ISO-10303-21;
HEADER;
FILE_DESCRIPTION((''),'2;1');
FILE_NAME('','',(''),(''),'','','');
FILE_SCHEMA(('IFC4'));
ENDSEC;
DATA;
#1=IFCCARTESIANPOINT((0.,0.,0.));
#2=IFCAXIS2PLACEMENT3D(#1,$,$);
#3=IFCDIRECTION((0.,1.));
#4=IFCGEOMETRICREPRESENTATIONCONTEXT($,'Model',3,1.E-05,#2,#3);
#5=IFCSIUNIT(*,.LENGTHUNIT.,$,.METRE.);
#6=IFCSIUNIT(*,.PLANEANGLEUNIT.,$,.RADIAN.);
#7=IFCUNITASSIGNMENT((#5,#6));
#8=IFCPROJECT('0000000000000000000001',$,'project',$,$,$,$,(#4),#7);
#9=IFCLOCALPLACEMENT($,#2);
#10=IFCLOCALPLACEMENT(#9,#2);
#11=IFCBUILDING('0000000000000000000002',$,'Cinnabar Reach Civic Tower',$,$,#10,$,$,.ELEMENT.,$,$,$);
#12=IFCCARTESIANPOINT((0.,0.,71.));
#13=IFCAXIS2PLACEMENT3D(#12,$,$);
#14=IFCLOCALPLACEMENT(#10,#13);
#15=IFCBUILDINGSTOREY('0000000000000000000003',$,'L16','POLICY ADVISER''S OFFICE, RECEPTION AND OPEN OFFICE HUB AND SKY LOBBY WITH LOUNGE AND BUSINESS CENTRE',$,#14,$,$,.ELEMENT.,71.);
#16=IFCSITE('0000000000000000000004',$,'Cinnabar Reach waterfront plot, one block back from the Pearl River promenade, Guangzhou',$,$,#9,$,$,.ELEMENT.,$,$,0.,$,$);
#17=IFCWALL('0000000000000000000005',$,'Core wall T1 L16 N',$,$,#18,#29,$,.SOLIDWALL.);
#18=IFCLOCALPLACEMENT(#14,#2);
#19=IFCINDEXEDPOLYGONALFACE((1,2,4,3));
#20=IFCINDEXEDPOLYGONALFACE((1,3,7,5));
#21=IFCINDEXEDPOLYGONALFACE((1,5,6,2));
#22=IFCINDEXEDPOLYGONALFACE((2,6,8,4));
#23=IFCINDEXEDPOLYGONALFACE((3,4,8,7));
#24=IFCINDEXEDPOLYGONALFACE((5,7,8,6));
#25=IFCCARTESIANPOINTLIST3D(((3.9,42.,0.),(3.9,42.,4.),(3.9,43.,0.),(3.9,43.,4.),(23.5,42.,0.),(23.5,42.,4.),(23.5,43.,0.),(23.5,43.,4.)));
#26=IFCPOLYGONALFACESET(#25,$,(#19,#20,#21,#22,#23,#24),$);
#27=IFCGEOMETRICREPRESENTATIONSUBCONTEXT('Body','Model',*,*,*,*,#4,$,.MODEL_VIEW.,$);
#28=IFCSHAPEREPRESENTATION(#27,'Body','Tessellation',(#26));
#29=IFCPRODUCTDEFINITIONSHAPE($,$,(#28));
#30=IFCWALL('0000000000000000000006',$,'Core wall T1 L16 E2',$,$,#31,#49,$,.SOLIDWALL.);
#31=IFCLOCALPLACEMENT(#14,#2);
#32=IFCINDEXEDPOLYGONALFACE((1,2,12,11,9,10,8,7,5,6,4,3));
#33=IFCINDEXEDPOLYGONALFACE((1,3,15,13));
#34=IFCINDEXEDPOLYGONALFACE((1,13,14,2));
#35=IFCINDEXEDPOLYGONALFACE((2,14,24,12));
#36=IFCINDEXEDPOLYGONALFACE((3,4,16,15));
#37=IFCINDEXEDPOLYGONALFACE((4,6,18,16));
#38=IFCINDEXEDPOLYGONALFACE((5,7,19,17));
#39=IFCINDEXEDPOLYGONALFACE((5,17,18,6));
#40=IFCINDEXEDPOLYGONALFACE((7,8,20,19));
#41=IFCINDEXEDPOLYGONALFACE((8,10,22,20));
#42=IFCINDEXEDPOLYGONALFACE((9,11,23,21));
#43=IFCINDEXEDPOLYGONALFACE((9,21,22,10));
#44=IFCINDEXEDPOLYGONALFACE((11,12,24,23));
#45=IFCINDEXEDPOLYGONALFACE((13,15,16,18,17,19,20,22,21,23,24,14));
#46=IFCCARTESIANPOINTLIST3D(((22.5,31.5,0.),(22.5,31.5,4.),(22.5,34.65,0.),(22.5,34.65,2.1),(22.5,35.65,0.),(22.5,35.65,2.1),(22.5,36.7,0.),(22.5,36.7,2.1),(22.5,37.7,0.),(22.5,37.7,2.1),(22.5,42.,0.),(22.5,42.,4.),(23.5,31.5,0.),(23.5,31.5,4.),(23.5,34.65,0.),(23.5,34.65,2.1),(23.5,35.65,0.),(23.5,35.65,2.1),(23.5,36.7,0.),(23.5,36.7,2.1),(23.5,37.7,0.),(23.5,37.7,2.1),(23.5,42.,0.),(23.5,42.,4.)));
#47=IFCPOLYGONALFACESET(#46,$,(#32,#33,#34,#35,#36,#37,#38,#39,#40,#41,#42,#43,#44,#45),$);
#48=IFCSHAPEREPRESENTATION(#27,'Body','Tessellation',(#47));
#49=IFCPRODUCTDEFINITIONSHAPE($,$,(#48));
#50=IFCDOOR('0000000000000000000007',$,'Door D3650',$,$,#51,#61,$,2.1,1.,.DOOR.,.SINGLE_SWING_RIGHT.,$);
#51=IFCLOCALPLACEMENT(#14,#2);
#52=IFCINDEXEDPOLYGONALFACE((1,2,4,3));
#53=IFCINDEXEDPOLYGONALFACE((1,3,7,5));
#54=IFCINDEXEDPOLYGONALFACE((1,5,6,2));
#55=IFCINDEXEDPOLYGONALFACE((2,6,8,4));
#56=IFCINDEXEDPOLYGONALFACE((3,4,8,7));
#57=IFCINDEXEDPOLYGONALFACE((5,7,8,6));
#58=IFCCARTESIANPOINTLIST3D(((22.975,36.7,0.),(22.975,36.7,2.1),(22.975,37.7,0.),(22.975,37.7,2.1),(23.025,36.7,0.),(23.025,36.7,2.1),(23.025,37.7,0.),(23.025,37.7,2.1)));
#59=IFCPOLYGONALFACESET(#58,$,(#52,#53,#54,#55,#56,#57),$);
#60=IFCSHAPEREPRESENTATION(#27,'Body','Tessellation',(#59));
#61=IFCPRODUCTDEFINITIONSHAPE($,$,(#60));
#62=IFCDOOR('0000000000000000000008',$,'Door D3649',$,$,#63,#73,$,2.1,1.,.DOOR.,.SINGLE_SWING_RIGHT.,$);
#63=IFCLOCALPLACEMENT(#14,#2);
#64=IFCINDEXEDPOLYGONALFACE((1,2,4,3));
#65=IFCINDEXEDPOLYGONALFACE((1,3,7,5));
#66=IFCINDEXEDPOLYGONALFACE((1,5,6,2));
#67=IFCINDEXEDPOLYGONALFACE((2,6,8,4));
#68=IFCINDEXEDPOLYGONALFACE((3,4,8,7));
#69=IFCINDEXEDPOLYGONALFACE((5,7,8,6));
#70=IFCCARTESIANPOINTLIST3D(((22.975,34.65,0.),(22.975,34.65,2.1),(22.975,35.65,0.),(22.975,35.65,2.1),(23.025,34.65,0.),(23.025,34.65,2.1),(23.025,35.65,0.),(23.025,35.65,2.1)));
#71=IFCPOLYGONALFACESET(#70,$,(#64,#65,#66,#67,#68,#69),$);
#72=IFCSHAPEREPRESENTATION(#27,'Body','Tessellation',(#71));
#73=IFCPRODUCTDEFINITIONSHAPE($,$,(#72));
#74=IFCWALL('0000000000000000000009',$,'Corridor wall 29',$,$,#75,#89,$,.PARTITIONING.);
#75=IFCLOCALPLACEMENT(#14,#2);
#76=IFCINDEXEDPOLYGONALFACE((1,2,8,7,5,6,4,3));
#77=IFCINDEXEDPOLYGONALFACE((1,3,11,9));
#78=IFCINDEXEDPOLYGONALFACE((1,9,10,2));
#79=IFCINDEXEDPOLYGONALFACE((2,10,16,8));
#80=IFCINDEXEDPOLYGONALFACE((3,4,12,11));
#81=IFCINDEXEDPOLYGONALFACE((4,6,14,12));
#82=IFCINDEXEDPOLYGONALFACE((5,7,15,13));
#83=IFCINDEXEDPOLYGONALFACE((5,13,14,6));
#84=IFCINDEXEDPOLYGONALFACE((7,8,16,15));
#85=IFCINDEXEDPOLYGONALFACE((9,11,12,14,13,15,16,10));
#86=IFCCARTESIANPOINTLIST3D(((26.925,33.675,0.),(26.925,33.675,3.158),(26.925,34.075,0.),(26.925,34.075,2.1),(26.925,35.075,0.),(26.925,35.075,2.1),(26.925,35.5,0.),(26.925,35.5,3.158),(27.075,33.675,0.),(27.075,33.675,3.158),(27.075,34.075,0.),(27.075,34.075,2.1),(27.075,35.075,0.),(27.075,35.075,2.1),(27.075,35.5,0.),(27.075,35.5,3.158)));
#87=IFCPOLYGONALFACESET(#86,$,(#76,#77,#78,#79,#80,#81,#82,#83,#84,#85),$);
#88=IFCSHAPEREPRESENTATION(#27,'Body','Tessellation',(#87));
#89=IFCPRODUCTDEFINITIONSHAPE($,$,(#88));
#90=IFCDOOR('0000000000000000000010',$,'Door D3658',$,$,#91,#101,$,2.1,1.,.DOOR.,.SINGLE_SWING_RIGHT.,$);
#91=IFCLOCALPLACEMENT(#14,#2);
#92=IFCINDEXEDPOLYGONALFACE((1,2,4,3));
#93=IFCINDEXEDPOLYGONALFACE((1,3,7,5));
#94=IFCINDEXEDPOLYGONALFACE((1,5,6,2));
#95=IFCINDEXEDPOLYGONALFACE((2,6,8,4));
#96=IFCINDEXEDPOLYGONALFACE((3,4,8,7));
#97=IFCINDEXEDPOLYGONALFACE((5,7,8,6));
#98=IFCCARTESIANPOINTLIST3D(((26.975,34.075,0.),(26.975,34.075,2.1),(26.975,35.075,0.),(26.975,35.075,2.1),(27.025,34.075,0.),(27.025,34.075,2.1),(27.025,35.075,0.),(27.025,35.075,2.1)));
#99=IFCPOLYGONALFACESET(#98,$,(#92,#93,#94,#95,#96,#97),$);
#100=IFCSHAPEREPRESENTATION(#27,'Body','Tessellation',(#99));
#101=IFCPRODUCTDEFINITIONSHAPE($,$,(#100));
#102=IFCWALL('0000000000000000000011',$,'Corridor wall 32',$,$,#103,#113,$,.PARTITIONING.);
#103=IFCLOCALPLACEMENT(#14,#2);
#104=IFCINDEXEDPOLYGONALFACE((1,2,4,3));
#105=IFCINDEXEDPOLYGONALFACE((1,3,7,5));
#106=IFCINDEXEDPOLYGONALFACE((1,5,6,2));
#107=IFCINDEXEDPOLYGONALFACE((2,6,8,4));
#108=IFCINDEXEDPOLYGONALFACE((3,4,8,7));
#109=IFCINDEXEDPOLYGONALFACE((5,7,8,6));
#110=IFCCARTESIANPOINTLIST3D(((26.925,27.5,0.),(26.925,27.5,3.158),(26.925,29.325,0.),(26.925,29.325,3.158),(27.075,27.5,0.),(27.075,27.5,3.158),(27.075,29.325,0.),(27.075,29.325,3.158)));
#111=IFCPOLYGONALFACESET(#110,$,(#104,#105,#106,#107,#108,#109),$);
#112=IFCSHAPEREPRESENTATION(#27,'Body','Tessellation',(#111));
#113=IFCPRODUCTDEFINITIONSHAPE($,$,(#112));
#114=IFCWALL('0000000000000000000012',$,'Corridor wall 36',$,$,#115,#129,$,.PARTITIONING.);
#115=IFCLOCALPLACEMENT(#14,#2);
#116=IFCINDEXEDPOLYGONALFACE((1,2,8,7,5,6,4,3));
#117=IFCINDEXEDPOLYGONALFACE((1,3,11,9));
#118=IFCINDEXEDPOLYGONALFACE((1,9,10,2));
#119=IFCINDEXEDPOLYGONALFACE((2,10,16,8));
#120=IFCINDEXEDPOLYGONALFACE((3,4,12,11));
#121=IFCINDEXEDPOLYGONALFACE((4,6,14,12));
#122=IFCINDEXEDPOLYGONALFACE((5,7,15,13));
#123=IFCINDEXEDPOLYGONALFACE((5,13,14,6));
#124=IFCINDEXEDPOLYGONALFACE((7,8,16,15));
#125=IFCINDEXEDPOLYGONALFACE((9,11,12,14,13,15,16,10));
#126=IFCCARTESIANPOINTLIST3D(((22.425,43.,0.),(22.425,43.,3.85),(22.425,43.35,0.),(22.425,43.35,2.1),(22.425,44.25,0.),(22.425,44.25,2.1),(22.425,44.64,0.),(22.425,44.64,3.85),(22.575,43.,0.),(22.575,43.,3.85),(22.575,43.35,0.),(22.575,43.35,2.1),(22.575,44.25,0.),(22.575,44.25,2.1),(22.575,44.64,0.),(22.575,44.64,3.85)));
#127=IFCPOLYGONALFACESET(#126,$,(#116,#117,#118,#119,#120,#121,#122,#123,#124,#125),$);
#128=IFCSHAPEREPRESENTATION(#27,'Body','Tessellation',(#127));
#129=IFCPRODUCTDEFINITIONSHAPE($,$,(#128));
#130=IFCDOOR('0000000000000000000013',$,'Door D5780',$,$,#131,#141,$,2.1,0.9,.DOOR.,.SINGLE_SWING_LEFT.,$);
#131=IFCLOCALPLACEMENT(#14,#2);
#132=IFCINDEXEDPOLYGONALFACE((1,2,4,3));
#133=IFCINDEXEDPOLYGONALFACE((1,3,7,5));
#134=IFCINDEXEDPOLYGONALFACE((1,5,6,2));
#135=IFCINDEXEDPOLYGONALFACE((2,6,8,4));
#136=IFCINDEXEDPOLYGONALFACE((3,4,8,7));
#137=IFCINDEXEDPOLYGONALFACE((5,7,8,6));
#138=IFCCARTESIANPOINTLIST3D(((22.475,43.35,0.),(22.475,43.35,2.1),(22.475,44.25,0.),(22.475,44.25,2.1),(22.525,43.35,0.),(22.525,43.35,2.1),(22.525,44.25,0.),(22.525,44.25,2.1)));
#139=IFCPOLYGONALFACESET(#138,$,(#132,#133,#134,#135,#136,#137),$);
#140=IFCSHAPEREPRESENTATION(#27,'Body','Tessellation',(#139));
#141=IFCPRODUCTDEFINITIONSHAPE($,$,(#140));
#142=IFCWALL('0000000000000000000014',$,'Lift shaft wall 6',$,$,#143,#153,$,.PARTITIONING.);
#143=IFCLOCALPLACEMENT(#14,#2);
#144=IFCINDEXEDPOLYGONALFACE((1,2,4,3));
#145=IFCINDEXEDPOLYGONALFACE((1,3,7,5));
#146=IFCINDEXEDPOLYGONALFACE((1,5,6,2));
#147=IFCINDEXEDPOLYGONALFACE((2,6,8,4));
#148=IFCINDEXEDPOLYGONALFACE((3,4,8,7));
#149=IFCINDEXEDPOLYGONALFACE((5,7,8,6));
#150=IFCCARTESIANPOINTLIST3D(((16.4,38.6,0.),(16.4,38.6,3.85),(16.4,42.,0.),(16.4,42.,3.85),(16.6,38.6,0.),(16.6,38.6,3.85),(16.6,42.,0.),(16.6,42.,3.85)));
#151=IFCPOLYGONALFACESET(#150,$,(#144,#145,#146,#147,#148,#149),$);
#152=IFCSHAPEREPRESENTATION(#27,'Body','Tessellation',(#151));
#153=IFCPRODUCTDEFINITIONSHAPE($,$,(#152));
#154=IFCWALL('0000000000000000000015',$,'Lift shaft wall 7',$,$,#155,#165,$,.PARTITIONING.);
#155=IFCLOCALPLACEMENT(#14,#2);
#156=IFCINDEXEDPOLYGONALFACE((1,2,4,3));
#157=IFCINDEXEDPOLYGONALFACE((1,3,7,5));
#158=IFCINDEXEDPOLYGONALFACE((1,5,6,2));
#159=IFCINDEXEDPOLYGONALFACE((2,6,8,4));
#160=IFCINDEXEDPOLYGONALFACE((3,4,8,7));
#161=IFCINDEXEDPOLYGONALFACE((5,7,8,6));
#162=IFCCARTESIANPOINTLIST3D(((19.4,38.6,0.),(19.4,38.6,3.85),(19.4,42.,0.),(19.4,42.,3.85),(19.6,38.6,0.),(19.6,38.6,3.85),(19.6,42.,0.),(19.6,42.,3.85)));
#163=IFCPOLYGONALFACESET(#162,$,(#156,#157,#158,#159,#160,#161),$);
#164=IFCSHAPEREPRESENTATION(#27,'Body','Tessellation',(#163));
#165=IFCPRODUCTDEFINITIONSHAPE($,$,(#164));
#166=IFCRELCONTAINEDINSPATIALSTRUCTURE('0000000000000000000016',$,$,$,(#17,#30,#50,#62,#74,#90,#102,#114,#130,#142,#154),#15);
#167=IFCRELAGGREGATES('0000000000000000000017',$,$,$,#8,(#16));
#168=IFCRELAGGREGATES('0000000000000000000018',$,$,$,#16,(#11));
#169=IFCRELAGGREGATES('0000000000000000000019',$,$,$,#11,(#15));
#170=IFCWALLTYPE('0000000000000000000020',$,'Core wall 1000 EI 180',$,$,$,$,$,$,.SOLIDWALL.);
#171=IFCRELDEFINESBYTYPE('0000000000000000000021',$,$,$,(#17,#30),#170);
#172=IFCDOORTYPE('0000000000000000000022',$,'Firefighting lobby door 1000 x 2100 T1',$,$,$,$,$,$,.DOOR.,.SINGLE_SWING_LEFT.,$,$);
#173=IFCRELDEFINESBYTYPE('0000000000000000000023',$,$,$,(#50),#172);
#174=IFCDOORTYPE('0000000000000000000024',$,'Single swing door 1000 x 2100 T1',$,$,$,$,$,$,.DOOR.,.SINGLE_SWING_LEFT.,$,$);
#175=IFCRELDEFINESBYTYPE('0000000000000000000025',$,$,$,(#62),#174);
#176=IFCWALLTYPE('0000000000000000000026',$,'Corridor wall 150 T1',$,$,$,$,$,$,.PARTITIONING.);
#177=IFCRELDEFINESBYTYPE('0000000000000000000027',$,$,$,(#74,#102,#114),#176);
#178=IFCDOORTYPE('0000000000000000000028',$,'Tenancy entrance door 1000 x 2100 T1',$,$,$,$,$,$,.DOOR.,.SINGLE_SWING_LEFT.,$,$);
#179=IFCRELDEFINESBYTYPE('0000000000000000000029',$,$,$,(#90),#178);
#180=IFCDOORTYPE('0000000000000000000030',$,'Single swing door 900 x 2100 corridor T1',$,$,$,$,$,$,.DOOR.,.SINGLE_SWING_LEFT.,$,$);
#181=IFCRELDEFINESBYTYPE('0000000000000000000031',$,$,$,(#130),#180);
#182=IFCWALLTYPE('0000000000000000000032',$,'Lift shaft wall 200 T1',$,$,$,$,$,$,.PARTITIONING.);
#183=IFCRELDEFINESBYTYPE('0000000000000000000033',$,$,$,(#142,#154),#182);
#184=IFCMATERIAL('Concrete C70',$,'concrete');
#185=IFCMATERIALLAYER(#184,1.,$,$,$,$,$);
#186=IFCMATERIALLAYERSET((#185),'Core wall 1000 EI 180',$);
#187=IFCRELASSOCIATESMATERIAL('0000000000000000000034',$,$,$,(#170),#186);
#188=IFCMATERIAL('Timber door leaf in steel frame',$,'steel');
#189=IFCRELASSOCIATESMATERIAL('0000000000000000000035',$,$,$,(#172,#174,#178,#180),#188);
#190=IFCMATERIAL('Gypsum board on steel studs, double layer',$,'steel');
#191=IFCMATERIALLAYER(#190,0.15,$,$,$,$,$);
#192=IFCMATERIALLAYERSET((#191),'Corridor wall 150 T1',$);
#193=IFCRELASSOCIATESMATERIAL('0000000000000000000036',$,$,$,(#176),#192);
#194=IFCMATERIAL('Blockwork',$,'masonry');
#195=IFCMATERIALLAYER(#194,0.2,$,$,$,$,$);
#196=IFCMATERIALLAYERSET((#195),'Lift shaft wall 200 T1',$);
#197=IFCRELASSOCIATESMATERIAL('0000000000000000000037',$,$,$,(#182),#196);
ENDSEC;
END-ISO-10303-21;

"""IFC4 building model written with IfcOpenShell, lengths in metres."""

from ifc_helpers import new_model, si_unit, direction, frame, frame_2d, origin, place, context, subcontext, project, spatial, rectangle, extrude, material, layer, layer_set, type_object, element, fill, save


model = new_model("IFC4")

# Units and contexts
model_context = context("Model", 3, precision=1e-05, world=origin(), true_north=direction((0.0, 1.0)))
body_context = subcontext(model_context, "Body", "Model", "MODEL_VIEW")
ifc_project = project(units=[si_unit("LENGTHUNIT", "METRE"), si_unit("PLANEANGLEUNIT", "RADIAN")], contexts=[model_context])

# Site, building, storey
site_placement = place(None, origin())
site = spatial("IfcSite", under=ifc_project, at=site_placement, Name="Cinnabar Reach waterfront plot, one block back from the Pearl River promenade, Guangzhou", CompositionType="ELEMENT", RefElevation=0.0)
building_placement = place(site_placement, origin())
building = spatial("IfcBuilding", under=site, at=building_placement, Name="Cinnabar Reach Civic Tower", CompositionType="ELEMENT")
storey_placement = place(building_placement, frame((0.0, 0.0, 71.0)))
storey = spatial("IfcBuildingStorey", under=building, at=storey_placement, Name="L16", Description="POLICY ADVISER'S OFFICE, RECEPTION AND OPEN OFFICE HUB AND SKY LOBBY WITH LOUNGE AND BUSINESS CENTRE", CompositionType="ELEMENT", Elevation=71.0)

# Shared definitions
ifc_material_1 = material(Name="Concrete C70", Category="concrete")

# Wall
ifc_layer_1 = layer(ifc_material_1, 1.0)
ifc_layer_set_1 = layer_set([ifc_layer_1], Name="Core wall 1000 EI 180")
wall_type_1 = type_object("IfcWallType", Name="Core wall 1000 EI 180", PredefinedType="SOLIDWALL", material=ifc_layer_set_1)
wall_1_placement = place(storey_placement, frame((23.5, 42.5, 0.0), z_axis=(0.0, 0.0, 1.0), x_axis=(-1.0, 0.0, 0.0)))
element("IfcWall", 1, at=wall_1_placement, inside=storey, type_object=wall_type_1, Name="Core wall T1 L16 N", PredefinedType="SOLIDWALL", context=body_context, shape_type="SweptSolid", body=[
    extrude(rectangle(XDim=19.6, YDim=1.0, at=frame_2d((9.8, 0.0))), origin(), (0.0, 0.0, 1.0), 4.0),
])

# Wall, openings, doors
wall_2_placement = place(storey_placement, frame((23.0, 31.5, 0.0), z_axis=(0.0, 0.0, 1.0), x_axis=(0.0, 1.0, 0.0)))
wall_2 = element("IfcWall", 2, at=wall_2_placement, inside=storey, type_object=wall_type_1, Name="Core wall T1 L16 E2", PredefinedType="SOLIDWALL", context=body_context, shape_type="SweptSolid", body=[
    extrude(rectangle(XDim=10.5, YDim=1.0, at=frame_2d((5.25, 0.0))), origin(), (0.0, 0.0, 1.0), 4.0),
])
opening_1_placement = place(wall_2_placement, frame((3.15, 0.0, 0.0)))
opening_1 = element("IfcOpeningElement", 3, at=opening_1_placement, cuts=wall_2, PredefinedType="OPENING", context=body_context, shape_type="SweptSolid", body=[
    extrude(rectangle(XDim=1.0, YDim=2.1, at=frame_2d((0.5, 1.05))), frame((0.0, 0.51, 0.0), z_axis=(0.0, -1.0, 0.0), x_axis=(1.0, 0.0, 0.0)), (0.0, 0.0, 1.0), 1.02),
])
opening_2_placement = place(wall_2_placement, frame((5.2, 0.0, 0.0)))
opening_2 = element("IfcOpeningElement", 4, at=opening_2_placement, cuts=wall_2, PredefinedType="OPENING", context=body_context, shape_type="SweptSolid", body=[
    extrude(rectangle(XDim=1.0, YDim=2.1, at=frame_2d((0.5, 1.05))), frame((0.0, 0.51, 0.0), z_axis=(0.0, -1.0, 0.0), x_axis=(1.0, 0.0, 0.0)), (0.0, 0.0, 1.0), 1.02),
])
ifc_material_2 = material(Name="Timber door leaf in steel frame", Category="steel")
door_type_1 = type_object("IfcDoorType", Name="Firefighting lobby door 1000 x 2100 T1", OperationType="SINGLE_SWING_LEFT", PredefinedType="DOOR", material=ifc_material_2)
door_1_placement = place(opening_2_placement, origin())
door_1 = element("IfcDoor", 5, at=door_1_placement, inside=storey, type_object=door_type_1, Name="Door D3650", OperationType="SINGLE_SWING_RIGHT", OverallHeight=2.1, OverallWidth=1.0, PredefinedType="DOOR", context=body_context, shape_type="SweptSolid", body=[
    extrude(rectangle(XDim=1.0, YDim=2.1, at=frame_2d((0.5, 1.05))), frame((0.0, 0.025, 0.0), z_axis=(0.0, -1.0, 0.0), x_axis=(1.0, 0.0, 0.0)), (0.0, 0.0, 1.0), 0.05),
])
fill(opening_2, door_1)
door_type_2 = type_object("IfcDoorType", Name="Single swing door 1000 x 2100 T1", OperationType="SINGLE_SWING_LEFT", PredefinedType="DOOR", material=ifc_material_2)
door_2_placement = place(opening_1_placement, origin())
door_2 = element("IfcDoor", 6, at=door_2_placement, inside=storey, type_object=door_type_2, Name="Door D3649", OperationType="SINGLE_SWING_RIGHT", OverallHeight=2.1, OverallWidth=1.0, PredefinedType="DOOR", context=body_context, shape_type="SweptSolid", body=[
    extrude(rectangle(XDim=1.0, YDim=2.1, at=frame_2d((0.5, 1.05))), frame((0.0, 0.025, 0.0), z_axis=(0.0, -1.0, 0.0), x_axis=(1.0, 0.0, 0.0)), (0.0, 0.0, 1.0), 0.05),
])
fill(opening_1, door_2)

# Wall, opening, door
ifc_material_3 = material(Name="Gypsum board on steel studs, double layer", Category="steel")
ifc_layer_2 = layer(ifc_material_3, 0.15)
ifc_layer_set_2 = layer_set([ifc_layer_2], Name="Corridor wall 150 T1")
wall_type_2 = type_object("IfcWallType", Name="Corridor wall 150 T1", PredefinedType="PARTITIONING", material=ifc_layer_set_2)
wall_3_placement = place(storey_placement, frame((27.0, 33.675, 0.0), z_axis=(0.0, 0.0, 1.0), x_axis=(0.0, 1.0, 0.0)))
wall_3 = element("IfcWall", 7, at=wall_3_placement, inside=storey, type_object=wall_type_2, Name="Corridor wall 29", PredefinedType="PARTITIONING", context=body_context, shape_type="SweptSolid", body=[
    extrude(rectangle(XDim=1.825, YDim=0.15, at=frame_2d((0.9125, 0.0))), origin(), (0.0, 0.0, 1.0), 3.158),
])
opening_3_placement = place(wall_3_placement, frame((0.4, 0.0, 0.0)))
opening_3 = element("IfcOpeningElement", 8, at=opening_3_placement, cuts=wall_3, PredefinedType="OPENING", context=body_context, shape_type="SweptSolid", body=[
    extrude(rectangle(XDim=1.0, YDim=2.1, at=frame_2d((0.5, 1.05))), frame((0.0, 0.085, 0.0), z_axis=(0.0, -1.0, 0.0), x_axis=(1.0, 0.0, 0.0)), (0.0, 0.0, 1.0), 0.17),
])
door_type_3 = type_object("IfcDoorType", Name="Tenancy entrance door 1000 x 2100 T1", OperationType="SINGLE_SWING_LEFT", PredefinedType="DOOR", material=ifc_material_2)
door_3_placement = place(opening_3_placement, frame((1.0, 0.0, 0.0), z_axis=(0.0, 0.0, 1.0), x_axis=(-1.0, 0.0, 0.0)))
door_3 = element("IfcDoor", 9, at=door_3_placement, inside=storey, type_object=door_type_3, Name="Door D3658", OperationType="SINGLE_SWING_RIGHT", OverallHeight=2.1, OverallWidth=1.0, PredefinedType="DOOR", context=body_context, shape_type="SweptSolid", body=[
    extrude(rectangle(XDim=1.0, YDim=2.1, at=frame_2d((0.5, 1.05))), frame((0.0, 0.025, 0.0), z_axis=(0.0, -1.0, 0.0), x_axis=(1.0, 0.0, 0.0)), (0.0, 0.0, 1.0), 0.05),
])
fill(opening_3, door_3)

# Wall
wall_4_placement = place(storey_placement, frame((27.0, 27.5, 0.0), z_axis=(0.0, 0.0, 1.0), x_axis=(0.0, 1.0, 0.0)))
element("IfcWall", 10, at=wall_4_placement, inside=storey, type_object=wall_type_2, Name="Corridor wall 32", PredefinedType="PARTITIONING", context=body_context, shape_type="SweptSolid", body=[
    extrude(rectangle(XDim=1.825, YDim=0.15, at=frame_2d((0.9125, 0.0))), origin(), (0.0, 0.0, 1.0), 3.158),
])

# Wall, opening, door
wall_5_placement = place(storey_placement, frame((22.5, 43.0, 0.0), z_axis=(0.0, 0.0, 1.0), x_axis=(0.0, 1.0, 0.0)))
wall_5 = element("IfcWall", 11, at=wall_5_placement, inside=storey, type_object=wall_type_2, Name="Corridor wall 36", PredefinedType="PARTITIONING", context=body_context, shape_type="SweptSolid", body=[
    extrude(rectangle(XDim=1.64, YDim=0.15, at=frame_2d((0.82, 0.0))), origin(), (0.0, 0.0, 1.0), 3.85),
])
opening_4_placement = place(wall_5_placement, frame((0.35, 0.0, 0.0)))
opening_4 = element("IfcOpeningElement", 12, at=opening_4_placement, cuts=wall_5, PredefinedType="OPENING", context=body_context, shape_type="SweptSolid", body=[
    extrude(rectangle(XDim=0.9, YDim=2.1, at=frame_2d((0.45, 1.05))), frame((0.0, 0.085, 0.0), z_axis=(0.0, -1.0, 0.0), x_axis=(1.0, 0.0, 0.0)), (0.0, 0.0, 1.0), 0.17),
])
door_type_4 = type_object("IfcDoorType", Name="Single swing door 900 x 2100 corridor T1", OperationType="SINGLE_SWING_LEFT", PredefinedType="DOOR", material=ifc_material_2)
door_4_placement = place(opening_4_placement, origin())
door_4 = element("IfcDoor", 13, at=door_4_placement, inside=storey, type_object=door_type_4, Name="Door D5780", OperationType="SINGLE_SWING_LEFT", OverallHeight=2.1, OverallWidth=0.9, PredefinedType="DOOR", context=body_context, shape_type="SweptSolid", body=[
    extrude(rectangle(XDim=0.9, YDim=2.1, at=frame_2d((0.45, 1.05))), frame((0.0, 0.025, 0.0), z_axis=(0.0, -1.0, 0.0), x_axis=(1.0, 0.0, 0.0)), (0.0, 0.0, 1.0), 0.05),
])
fill(opening_4, door_4)

# Walls
ifc_material_4 = material(Name="Blockwork", Category="masonry")
ifc_layer_3 = layer(ifc_material_4, 0.2)
ifc_layer_set_3 = layer_set([ifc_layer_3], Name="Lift shaft wall 200 T1")
wall_type_3 = type_object("IfcWallType", Name="Lift shaft wall 200 T1", PredefinedType="PARTITIONING", material=ifc_layer_set_3)
for number, where, z_axis, x_axis, name in (
    (14, (16.5, 38.6, 0.0), (0.0, 0.0, 1.0), (0.0, 1.0, 0.0), "Lift shaft wall 6"),
    (15, (19.5, 38.6, 0.0), (0.0, 0.0, 1.0), (0.0, 1.0, 0.0), "Lift shaft wall 7"),
):
    element("IfcWall", number, at=place(storey_placement, frame(where, z_axis=z_axis, x_axis=x_axis)), inside=storey, type_object=wall_type_3, Name=name, PredefinedType="PARTITIONING", context=body_context, shape_type="SweptSolid", body=[
        extrude(rectangle(XDim=3.4, YDim=0.2, at=frame_2d((1.7, 0.0))), origin(), (0.0, 0.0, 1.0), 3.85),
    ])

save(model, "model.ifc")
